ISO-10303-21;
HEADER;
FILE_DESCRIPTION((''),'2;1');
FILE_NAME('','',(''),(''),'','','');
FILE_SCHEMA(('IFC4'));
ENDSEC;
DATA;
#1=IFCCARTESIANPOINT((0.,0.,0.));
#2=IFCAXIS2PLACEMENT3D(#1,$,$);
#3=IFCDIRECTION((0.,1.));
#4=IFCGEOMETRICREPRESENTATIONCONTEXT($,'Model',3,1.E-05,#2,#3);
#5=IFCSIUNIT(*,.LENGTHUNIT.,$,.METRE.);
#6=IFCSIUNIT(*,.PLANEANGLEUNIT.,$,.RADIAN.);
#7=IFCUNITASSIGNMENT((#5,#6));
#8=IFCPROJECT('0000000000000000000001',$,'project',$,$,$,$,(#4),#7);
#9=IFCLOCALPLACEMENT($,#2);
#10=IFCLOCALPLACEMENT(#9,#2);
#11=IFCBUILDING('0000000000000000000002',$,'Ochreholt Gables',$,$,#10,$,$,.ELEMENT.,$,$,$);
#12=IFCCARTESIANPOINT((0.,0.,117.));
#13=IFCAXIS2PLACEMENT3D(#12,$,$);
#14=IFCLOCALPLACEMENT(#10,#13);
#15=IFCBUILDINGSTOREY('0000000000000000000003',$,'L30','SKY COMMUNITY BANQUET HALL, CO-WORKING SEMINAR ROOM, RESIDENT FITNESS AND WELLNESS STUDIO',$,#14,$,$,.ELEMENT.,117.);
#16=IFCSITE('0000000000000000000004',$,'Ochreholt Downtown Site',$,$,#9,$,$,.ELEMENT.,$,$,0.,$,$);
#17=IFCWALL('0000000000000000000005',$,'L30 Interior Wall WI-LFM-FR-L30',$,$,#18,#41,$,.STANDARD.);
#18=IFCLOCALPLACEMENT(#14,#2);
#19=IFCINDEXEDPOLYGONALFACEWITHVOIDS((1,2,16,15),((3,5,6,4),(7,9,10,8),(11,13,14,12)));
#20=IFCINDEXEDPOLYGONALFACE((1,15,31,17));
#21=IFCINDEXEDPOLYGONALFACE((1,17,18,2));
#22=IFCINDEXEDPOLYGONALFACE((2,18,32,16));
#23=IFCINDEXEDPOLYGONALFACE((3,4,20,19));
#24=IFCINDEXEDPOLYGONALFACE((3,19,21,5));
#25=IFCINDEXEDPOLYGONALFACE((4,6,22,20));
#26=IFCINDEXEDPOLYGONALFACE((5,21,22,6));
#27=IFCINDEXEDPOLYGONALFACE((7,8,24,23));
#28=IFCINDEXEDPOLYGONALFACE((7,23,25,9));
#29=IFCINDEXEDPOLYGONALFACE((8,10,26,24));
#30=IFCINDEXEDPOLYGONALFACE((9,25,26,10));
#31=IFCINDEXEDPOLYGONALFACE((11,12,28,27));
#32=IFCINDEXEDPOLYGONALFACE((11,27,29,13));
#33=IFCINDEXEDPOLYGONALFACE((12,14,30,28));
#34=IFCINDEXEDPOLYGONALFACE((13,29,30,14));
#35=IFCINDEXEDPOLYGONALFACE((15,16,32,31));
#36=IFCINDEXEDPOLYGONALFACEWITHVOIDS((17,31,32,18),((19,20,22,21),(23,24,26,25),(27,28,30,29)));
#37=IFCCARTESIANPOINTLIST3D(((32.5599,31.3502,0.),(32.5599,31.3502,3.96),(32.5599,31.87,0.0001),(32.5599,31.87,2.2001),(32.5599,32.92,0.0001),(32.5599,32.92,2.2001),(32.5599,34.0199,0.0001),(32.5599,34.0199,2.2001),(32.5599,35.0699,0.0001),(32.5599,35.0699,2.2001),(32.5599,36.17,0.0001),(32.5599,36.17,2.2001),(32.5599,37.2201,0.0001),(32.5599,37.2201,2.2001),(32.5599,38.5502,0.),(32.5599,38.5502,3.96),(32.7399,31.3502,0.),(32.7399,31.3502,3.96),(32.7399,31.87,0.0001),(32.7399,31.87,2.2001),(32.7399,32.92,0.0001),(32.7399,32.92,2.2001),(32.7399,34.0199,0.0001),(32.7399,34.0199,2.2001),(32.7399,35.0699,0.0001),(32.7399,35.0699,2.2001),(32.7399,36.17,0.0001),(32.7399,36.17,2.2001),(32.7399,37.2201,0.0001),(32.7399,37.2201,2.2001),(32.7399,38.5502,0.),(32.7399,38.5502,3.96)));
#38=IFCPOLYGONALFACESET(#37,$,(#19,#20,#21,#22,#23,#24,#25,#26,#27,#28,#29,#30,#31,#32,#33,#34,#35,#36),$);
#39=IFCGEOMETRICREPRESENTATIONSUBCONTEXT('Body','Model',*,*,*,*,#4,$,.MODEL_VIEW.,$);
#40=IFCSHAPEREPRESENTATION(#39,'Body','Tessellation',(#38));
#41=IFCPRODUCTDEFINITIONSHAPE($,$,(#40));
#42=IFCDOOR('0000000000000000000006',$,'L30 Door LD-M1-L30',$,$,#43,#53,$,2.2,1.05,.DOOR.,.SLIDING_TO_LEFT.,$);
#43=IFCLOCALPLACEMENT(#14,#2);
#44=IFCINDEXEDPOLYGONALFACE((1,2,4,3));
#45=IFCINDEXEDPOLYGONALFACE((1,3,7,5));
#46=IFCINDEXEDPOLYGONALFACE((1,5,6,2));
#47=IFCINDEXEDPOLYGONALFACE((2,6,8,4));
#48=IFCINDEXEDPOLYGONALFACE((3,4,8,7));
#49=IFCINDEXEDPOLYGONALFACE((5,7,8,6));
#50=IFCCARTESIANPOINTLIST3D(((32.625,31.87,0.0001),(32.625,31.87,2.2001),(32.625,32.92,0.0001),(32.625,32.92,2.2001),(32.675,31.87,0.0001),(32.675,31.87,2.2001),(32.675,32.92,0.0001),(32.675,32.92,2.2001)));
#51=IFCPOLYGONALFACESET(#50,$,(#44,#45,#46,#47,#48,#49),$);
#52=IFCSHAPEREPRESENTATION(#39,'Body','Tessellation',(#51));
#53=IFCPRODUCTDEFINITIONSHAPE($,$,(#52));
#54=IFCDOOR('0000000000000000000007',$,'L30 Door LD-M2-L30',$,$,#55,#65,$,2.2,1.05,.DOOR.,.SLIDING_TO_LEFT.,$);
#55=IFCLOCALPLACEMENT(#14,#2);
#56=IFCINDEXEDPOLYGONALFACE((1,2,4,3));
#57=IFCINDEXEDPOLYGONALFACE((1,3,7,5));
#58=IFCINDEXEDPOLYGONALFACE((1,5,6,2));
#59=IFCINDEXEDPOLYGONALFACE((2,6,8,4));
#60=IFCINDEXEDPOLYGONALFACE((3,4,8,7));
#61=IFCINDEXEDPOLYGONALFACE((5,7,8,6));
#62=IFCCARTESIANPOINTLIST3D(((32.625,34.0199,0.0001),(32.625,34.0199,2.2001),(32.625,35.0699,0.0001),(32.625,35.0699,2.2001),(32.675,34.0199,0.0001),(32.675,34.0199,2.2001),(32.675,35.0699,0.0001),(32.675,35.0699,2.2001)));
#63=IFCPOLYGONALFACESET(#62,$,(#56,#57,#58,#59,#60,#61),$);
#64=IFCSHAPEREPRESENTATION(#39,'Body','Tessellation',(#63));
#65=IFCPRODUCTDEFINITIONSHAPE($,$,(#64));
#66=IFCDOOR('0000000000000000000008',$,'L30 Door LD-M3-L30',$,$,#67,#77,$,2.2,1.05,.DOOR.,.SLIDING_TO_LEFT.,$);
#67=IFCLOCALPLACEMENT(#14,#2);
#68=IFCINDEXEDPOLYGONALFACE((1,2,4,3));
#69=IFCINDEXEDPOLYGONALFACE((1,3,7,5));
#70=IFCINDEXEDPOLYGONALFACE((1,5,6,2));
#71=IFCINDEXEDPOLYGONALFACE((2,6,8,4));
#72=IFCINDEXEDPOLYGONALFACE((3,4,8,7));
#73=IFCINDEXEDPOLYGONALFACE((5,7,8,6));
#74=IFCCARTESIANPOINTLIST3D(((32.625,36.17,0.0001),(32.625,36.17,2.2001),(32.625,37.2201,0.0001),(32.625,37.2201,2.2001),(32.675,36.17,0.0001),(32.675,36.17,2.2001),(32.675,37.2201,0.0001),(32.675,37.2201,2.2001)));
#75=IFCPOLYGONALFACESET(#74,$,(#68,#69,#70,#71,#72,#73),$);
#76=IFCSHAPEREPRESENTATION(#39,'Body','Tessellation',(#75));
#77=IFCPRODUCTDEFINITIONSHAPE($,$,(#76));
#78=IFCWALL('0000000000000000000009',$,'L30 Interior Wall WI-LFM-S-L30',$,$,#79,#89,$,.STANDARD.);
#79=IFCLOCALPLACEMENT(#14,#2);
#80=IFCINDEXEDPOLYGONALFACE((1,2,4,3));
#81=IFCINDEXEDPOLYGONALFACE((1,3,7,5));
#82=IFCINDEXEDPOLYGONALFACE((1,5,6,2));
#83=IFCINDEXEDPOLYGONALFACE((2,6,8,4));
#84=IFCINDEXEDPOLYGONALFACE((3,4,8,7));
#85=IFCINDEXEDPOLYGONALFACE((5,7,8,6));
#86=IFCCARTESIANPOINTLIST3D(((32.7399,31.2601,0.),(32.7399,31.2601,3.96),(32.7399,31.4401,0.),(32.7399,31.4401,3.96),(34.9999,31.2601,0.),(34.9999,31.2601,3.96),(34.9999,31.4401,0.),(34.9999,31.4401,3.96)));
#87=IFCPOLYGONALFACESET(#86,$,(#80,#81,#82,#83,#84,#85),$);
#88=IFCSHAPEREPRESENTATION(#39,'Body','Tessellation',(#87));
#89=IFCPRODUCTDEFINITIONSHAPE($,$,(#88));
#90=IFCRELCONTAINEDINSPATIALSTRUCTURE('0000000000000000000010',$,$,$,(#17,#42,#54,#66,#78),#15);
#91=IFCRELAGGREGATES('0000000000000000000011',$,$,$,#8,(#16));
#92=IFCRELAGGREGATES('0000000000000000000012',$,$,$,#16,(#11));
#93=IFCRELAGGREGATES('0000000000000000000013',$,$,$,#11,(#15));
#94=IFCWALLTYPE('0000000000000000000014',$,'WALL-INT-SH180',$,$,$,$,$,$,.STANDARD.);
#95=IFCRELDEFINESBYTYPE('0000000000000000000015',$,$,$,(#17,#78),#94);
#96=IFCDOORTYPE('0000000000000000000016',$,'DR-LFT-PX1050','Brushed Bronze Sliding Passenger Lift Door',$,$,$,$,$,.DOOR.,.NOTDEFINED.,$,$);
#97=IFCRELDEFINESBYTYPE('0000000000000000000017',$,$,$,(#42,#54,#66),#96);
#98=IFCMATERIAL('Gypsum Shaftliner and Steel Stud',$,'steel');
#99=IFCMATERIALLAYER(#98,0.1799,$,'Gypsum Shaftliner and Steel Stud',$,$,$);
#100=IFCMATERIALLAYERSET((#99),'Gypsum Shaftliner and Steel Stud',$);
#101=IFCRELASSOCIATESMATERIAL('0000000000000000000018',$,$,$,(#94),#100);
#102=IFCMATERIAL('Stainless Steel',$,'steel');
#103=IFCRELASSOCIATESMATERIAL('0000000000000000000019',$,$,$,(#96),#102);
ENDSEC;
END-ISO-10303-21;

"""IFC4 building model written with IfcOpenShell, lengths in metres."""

from ifc_helpers import new_model, si_unit, direction, frame, frame_2d, origin, place, context, subcontext, project, spatial, rectangle, extrude, material, layer, layer_set, type_object, element, fill, save


model = new_model("IFC4")

# Units and contexts
model_context = context("Model", 3, precision=1e-05, world=origin(), true_north=direction((0.0, 1.0)))
body_context = subcontext(model_context, "Body", "Model", "MODEL_VIEW")
ifc_project = project(units=[si_unit("LENGTHUNIT", "METRE"), si_unit("PLANEANGLEUNIT", "RADIAN")], contexts=[model_context])

# Site, building, storey
site_placement = place(None, origin())
site = spatial("IfcSite", under=ifc_project, at=site_placement, Name="Ochreholt Downtown Site", CompositionType="ELEMENT", RefElevation=0.0)
building_placement = place(site_placement, origin())
building = spatial("IfcBuilding", under=site, at=building_placement, Name="Ochreholt Gables", CompositionType="ELEMENT")
storey_placement = place(building_placement, frame((0.0, 0.0, 117.0)))
storey = spatial("IfcBuildingStorey", under=building, at=storey_placement, Name="L30", Description="SKY COMMUNITY BANQUET HALL, CO-WORKING SEMINAR ROOM, RESIDENT FITNESS AND WELLNESS STUDIO", CompositionType="ELEMENT", Elevation=117.0)

# Shared definitions
ifc_material_1 = material(Name="Gypsum Shaftliner and Steel Stud", Category="steel")
ifc_layer_1 = layer(ifc_material_1, 0.1799, Name="Gypsum Shaftliner and Steel Stud")
ifc_layer_set_1 = layer_set([ifc_layer_1], Name="Gypsum Shaftliner and Steel Stud")
wall_type_1 = type_object("IfcWallType", Name="WALL-INT-SH180", PredefinedType="STANDARD", material=ifc_layer_set_1)

# Wall, openings, doors
wall_1_placement = place(storey_placement, frame((32.6499, 31.3501, 0.0), z_axis=(0.0, 0.0, 1.0), x_axis=(0.0, 1.0, 0.0)))
wall_1 = element("IfcWall", 1, at=wall_1_placement, inside=storey, type_object=wall_type_1, Name="L30 Interior Wall WI-LFM-FR-L30", PredefinedType="STANDARD", context=body_context, shape_type="SweptSolid", body=[
    extrude(rectangle(XDim=7.2, YDim=0.1799, at=frame_2d((3.6001, 0.0))), origin(), (0.0, 0.0, 1.0), 3.96),
])
opening_1_placement = place(wall_1_placement, frame((0.52, 0.0, 0.0)))
opening_1 = element("IfcOpeningElement", 2, at=opening_1_placement, cuts=wall_1, PredefinedType="OPENING", context=body_context, shape_type="SweptSolid", body=[
    extrude(rectangle(XDim=1.05, YDim=2.2, at=frame_2d((0.5249, 1.1001))), frame((0.0, 0.0999, 0.0), z_axis=(0.0, -1.0, 0.0), x_axis=(1.0, 0.0, 0.0)), (0.0, 0.0, 1.0), 0.2),
])
opening_2_placement = place(wall_1_placement, frame((2.6699, 0.0, 0.0)))
opening_2 = element("IfcOpeningElement", 3, at=opening_2_placement, cuts=wall_1, PredefinedType="OPENING", context=body_context, shape_type="SweptSolid", body=[
    extrude(rectangle(XDim=1.05, YDim=2.2, at=frame_2d((0.5249, 1.1001))), frame((0.0, 0.0999, 0.0), z_axis=(0.0, -1.0, 0.0), x_axis=(1.0, 0.0, 0.0)), (0.0, 0.0, 1.0), 0.2),
])
opening_3_placement = place(wall_1_placement, frame((4.8201, 0.0, 0.0)))
opening_3 = element("IfcOpeningElement", 4, at=opening_3_placement, cuts=wall_1, PredefinedType="OPENING", context=body_context, shape_type="SweptSolid", body=[
    extrude(rectangle(XDim=1.05, YDim=2.2, at=frame_2d((0.5249, 1.1001))), frame((0.0, 0.0999, 0.0), z_axis=(0.0, -1.0, 0.0), x_axis=(1.0, 0.0, 0.0)), (0.0, 0.0, 1.0), 0.2),
])
ifc_material_2 = material(Name="Stainless Steel", Category="steel")
door_type = type_object("IfcDoorType", Name="DR-LFT-PX1050", Description="Brushed Bronze Sliding Passenger Lift Door", OperationType="NOTDEFINED", PredefinedType="DOOR", material=ifc_material_2)
door_1_placement = place(opening_1_placement, origin())
door_1 = element("IfcDoor", 5, at=door_1_placement, inside=storey, type_object=door_type, Name="L30 Door LD-M1-L30", OperationType="SLIDING_TO_LEFT", OverallHeight=2.2, OverallWidth=1.05, PredefinedType="DOOR", context=body_context, shape_type="SweptSolid", body=[
    extrude(rectangle(XDim=1.05, YDim=2.2, at=frame_2d((0.5249, 1.1001))), frame((0.0, 0.0249, 0.0), z_axis=(0.0, -1.0, 0.0), x_axis=(1.0, 0.0, 0.0)), (0.0, 0.0, 1.0), 0.05),
])
fill(opening_1, door_1)
door_2_placement = place(opening_2_placement, origin())
door_2 = element("IfcDoor", 6, at=door_2_placement, inside=storey, type_object=door_type, Name="L30 Door LD-M2-L30", OperationType="SLIDING_TO_LEFT", OverallHeight=2.2, OverallWidth=1.05, PredefinedType="DOOR", context=body_context, shape_type="SweptSolid", body=[
    extrude(rectangle(XDim=1.05, YDim=2.2, at=frame_2d((0.5249, 1.1001))), frame((0.0, 0.0249, 0.0), z_axis=(0.0, -1.0, 0.0), x_axis=(1.0, 0.0, 0.0)), (0.0, 0.0, 1.0), 0.05),
])
fill(opening_2, door_2)
door_3_placement = place(opening_3_placement, origin())
door_3 = element("IfcDoor", 7, at=door_3_placement, inside=storey, type_object=door_type, Name="L30 Door LD-M3-L30", OperationType="SLIDING_TO_LEFT", OverallHeight=2.2, OverallWidth=1.05, PredefinedType="DOOR", context=body_context, shape_type="SweptSolid", body=[
    extrude(rectangle(XDim=1.05, YDim=2.2, at=frame_2d((0.5249, 1.1001))), frame((0.0, 0.0249, 0.0), z_axis=(0.0, -1.0, 0.0), x_axis=(1.0, 0.0, 0.0)), (0.0, 0.0, 1.0), 0.05),
])
fill(opening_3, door_3)

# Wall
wall_2_placement = place(storey_placement, frame((32.74, 31.3501, 0.0), z_axis=(0.0, 0.0, 1.0), x_axis=(1.0, 0.0, 0.0)))
element("IfcWall", 8, at=wall_2_placement, inside=storey, type_object=wall_type_1, Name="L30 Interior Wall WI-LFM-S-L30", PredefinedType="STANDARD", context=body_context, shape_type="SweptSolid", body=[
    extrude(rectangle(XDim=2.26, YDim=0.1799, at=frame_2d((1.1299, 0.0))), origin(), (0.0, 0.0, 1.0), 3.96),
])

save(model, "model.ifc")
